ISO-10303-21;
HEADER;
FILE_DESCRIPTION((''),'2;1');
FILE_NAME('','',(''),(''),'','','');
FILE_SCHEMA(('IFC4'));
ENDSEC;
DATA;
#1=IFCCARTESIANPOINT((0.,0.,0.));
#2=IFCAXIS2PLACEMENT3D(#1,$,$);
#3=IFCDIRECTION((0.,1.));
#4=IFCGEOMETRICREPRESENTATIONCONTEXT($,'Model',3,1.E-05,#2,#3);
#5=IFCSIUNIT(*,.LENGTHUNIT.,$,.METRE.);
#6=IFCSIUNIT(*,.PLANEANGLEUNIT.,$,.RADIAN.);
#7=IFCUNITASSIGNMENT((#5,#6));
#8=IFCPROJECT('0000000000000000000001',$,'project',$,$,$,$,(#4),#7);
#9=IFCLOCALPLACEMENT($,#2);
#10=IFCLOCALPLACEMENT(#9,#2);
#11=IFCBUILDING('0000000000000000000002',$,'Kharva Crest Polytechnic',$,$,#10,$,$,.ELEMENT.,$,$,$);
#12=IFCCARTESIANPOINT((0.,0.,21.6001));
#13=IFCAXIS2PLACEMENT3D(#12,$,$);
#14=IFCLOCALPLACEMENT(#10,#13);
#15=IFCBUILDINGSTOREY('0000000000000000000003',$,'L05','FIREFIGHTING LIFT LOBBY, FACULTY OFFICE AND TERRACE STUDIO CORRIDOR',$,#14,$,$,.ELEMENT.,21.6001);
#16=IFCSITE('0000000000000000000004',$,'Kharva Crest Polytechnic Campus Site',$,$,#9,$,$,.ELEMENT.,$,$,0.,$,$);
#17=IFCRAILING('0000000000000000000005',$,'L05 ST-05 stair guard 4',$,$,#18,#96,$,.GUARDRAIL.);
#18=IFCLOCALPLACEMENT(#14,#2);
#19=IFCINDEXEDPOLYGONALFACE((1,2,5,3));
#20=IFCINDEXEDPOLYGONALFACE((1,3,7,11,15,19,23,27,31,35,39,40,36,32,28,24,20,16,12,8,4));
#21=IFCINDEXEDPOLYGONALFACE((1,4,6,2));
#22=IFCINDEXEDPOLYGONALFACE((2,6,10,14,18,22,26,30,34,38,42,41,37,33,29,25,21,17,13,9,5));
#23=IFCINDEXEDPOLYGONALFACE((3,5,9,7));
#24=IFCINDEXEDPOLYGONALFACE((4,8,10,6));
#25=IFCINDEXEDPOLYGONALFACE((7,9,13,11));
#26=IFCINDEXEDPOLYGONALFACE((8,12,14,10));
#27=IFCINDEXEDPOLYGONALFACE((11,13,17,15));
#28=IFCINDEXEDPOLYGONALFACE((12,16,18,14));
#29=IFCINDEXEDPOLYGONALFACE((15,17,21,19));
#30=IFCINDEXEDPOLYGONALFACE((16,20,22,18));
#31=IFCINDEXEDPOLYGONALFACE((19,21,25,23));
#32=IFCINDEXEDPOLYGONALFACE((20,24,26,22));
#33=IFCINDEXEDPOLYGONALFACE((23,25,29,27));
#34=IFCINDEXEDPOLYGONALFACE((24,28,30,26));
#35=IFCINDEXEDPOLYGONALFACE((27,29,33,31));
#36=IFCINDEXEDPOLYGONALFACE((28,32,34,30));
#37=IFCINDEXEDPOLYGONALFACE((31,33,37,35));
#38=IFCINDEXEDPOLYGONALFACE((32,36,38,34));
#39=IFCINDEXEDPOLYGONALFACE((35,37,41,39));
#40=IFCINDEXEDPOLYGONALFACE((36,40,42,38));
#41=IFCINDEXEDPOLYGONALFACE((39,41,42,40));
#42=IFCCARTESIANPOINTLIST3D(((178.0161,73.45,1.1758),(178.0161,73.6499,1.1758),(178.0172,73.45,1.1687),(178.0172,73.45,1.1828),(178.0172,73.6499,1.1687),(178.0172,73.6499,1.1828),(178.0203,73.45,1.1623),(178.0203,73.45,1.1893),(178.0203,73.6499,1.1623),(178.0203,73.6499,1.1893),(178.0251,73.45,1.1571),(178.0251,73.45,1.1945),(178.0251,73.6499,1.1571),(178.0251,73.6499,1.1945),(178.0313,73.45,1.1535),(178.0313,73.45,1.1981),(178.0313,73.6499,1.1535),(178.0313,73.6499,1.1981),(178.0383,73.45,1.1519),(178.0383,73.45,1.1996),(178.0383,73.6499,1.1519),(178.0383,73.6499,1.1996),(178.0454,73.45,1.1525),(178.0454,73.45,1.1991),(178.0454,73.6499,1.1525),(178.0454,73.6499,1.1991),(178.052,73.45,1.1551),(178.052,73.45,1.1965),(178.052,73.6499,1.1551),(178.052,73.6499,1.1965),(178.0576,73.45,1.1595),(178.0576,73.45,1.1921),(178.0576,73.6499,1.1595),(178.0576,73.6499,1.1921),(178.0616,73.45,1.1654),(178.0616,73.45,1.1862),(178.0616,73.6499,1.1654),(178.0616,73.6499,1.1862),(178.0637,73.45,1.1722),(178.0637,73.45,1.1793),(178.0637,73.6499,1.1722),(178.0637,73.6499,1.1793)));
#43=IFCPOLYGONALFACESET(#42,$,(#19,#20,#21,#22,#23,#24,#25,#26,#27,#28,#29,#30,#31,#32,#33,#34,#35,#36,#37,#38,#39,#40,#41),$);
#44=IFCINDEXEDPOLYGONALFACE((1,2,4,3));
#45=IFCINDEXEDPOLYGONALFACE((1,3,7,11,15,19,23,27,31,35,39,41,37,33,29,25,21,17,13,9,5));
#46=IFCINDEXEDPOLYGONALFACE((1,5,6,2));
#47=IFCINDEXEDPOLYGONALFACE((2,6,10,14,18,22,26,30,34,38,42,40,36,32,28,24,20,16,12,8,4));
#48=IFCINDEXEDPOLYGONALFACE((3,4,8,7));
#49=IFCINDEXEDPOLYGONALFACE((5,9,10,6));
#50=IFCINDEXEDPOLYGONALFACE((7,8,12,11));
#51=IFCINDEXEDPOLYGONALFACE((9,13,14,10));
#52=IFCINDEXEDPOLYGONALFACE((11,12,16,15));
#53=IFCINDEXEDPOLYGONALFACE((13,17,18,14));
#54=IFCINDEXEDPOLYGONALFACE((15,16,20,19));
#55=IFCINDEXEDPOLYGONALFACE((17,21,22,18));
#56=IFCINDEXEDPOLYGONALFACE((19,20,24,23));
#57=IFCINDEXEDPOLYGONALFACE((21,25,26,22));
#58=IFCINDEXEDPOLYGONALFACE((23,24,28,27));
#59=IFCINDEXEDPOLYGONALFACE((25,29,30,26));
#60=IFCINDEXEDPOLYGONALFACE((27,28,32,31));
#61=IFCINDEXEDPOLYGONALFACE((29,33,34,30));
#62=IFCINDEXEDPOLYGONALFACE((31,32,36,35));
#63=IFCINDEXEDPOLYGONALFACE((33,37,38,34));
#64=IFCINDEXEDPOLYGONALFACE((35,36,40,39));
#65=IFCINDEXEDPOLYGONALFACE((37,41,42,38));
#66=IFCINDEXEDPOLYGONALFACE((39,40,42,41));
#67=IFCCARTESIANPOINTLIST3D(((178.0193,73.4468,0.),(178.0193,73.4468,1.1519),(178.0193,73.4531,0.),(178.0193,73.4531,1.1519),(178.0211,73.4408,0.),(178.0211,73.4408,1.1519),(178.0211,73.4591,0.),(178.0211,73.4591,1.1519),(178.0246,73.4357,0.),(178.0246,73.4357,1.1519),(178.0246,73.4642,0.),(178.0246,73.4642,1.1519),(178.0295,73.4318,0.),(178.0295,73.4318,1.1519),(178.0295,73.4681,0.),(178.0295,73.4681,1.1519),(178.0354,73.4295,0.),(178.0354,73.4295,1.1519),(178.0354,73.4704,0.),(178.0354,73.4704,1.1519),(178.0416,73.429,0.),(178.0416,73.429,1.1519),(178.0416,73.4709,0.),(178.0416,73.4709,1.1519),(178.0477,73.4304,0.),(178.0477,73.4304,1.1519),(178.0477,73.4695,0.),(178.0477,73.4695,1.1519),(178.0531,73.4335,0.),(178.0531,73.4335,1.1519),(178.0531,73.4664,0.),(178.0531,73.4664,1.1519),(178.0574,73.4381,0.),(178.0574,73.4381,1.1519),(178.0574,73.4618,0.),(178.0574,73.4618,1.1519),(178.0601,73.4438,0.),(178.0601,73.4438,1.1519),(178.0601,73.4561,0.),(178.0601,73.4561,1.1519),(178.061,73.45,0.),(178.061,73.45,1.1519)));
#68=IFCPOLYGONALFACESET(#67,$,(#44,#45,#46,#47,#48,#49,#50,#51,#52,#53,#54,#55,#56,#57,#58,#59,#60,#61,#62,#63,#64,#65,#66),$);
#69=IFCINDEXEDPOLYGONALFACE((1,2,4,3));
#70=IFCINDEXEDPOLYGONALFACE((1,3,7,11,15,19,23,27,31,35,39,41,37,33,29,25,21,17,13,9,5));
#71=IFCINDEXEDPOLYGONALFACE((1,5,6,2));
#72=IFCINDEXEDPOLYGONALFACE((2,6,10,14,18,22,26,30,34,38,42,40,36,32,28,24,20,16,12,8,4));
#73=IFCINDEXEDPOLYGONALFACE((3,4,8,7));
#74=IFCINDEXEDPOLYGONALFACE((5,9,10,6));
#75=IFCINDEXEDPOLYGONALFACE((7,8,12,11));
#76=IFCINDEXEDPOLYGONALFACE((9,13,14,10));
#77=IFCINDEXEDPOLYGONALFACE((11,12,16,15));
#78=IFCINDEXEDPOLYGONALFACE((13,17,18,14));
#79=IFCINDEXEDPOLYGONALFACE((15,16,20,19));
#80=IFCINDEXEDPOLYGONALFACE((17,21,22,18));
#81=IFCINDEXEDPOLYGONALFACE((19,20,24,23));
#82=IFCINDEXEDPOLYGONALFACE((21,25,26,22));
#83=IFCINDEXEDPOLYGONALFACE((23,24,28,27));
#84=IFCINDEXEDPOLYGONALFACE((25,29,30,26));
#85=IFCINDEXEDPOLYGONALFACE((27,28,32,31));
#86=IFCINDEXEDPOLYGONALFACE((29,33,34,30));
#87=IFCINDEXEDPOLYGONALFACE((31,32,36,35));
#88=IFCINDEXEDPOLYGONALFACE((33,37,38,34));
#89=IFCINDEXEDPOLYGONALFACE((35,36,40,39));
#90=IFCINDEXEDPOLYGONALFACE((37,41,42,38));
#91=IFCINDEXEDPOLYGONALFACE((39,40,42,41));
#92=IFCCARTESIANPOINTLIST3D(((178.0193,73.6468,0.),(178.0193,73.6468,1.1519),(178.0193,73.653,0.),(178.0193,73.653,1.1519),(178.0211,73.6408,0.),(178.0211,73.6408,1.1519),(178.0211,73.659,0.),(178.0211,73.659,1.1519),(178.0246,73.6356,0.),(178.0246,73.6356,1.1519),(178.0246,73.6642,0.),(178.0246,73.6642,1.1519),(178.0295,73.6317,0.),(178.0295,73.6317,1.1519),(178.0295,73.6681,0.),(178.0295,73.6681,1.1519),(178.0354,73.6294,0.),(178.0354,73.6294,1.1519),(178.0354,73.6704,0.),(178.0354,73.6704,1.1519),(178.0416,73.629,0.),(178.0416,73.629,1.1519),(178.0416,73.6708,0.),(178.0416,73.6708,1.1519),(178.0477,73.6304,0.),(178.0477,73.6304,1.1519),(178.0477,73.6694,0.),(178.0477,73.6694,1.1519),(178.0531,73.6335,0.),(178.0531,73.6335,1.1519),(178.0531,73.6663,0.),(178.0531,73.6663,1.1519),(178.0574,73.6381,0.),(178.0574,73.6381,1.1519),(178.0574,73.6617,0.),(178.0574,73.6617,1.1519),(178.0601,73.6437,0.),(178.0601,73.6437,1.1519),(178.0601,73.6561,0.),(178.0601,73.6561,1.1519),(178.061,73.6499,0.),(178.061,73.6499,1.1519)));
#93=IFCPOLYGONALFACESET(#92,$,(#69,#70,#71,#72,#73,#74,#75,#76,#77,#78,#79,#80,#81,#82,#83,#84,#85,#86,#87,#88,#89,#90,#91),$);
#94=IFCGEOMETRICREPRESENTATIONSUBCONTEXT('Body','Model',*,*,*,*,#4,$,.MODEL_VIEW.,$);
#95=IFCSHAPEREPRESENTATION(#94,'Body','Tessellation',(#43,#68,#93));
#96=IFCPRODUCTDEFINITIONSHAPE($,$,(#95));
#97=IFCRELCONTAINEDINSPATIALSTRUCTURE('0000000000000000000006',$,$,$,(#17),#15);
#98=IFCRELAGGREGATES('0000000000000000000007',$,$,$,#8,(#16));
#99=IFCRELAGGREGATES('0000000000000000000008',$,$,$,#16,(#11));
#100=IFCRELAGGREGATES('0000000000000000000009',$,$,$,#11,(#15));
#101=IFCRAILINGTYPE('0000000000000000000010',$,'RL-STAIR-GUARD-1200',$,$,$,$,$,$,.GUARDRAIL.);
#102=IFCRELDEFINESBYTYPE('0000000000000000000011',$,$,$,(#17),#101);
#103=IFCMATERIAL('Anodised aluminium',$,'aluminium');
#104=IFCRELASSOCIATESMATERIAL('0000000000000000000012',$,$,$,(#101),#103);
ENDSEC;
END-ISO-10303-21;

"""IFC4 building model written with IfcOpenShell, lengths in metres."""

from ifc_helpers import new_model, si_unit, direction, frame, origin, origin_2d, place, context, subcontext, project, spatial, circle, extrude, material, type_object, element, save


model = new_model("IFC4")

# Units and contexts
model_context = context("Model", 3, precision=1e-05, world=origin(), true_north=direction((0.0, 1.0)))
body_context = subcontext(model_context, "Body", "Model", "MODEL_VIEW")
ifc_project = project(units=[si_unit("LENGTHUNIT", "METRE"), si_unit("PLANEANGLEUNIT", "RADIAN")], contexts=[model_context])

# Site, building, storey
site_placement = place(None, origin())
site = spatial("IfcSite", under=ifc_project, at=site_placement, Name="Kharva Crest Polytechnic Campus Site", CompositionType="ELEMENT", RefElevation=0.0)
building_placement = place(site_placement, origin())
building = spatial("IfcBuilding", under=site, at=building_placement, Name="Kharva Crest Polytechnic", CompositionType="ELEMENT")
storey_placement = place(building_placement, frame((0.0, 0.0, 21.6001)))
storey = spatial("IfcBuildingStorey", under=building, at=storey_placement, Name="L05", Description="FIREFIGHTING LIFT LOBBY, FACULTY OFFICE AND TERRACE STUDIO CORRIDOR", CompositionType="ELEMENT", Elevation=21.6001)

# Shared definitions
ifc_material_1 = material(Name="Anodised aluminium", Category="aluminium")

# Railing
railing_type_1 = type_object("IfcRailingType", Name="RL-STAIR-GUARD-1200", PredefinedType="GUARDRAIL", material=ifc_material_1)
railing_1_placement = place(storey_placement, frame((178.04, 73.45, 0.0)))
element("IfcRailing", 1, at=railing_1_placement, inside=storey, type_object=railing_type_1, Name="L05 ST-05 stair guard 4", PredefinedType="GUARDRAIL", context=body_context, shape_type="SweptSolid", body=[
    extrude(circle(Radius=0.0239, at=origin_2d()), frame((0.0, 0.0, 1.1758), z_axis=(0.0, 1.0, 0.0), x_axis=(-1.0, 0.0, 0.0)), (0.0, 0.0, 1.0), 0.2),
    extrude(circle(Radius=0.021, at=origin_2d()), origin(), (0.0, 0.0, 1.0), 1.1519),
    extrude(circle(Radius=0.021, at=origin_2d()), frame((0.0, 0.2, 0.0)), (0.0, 0.0, 1.0), 1.1519),
])

save(model, "model.ifc")
